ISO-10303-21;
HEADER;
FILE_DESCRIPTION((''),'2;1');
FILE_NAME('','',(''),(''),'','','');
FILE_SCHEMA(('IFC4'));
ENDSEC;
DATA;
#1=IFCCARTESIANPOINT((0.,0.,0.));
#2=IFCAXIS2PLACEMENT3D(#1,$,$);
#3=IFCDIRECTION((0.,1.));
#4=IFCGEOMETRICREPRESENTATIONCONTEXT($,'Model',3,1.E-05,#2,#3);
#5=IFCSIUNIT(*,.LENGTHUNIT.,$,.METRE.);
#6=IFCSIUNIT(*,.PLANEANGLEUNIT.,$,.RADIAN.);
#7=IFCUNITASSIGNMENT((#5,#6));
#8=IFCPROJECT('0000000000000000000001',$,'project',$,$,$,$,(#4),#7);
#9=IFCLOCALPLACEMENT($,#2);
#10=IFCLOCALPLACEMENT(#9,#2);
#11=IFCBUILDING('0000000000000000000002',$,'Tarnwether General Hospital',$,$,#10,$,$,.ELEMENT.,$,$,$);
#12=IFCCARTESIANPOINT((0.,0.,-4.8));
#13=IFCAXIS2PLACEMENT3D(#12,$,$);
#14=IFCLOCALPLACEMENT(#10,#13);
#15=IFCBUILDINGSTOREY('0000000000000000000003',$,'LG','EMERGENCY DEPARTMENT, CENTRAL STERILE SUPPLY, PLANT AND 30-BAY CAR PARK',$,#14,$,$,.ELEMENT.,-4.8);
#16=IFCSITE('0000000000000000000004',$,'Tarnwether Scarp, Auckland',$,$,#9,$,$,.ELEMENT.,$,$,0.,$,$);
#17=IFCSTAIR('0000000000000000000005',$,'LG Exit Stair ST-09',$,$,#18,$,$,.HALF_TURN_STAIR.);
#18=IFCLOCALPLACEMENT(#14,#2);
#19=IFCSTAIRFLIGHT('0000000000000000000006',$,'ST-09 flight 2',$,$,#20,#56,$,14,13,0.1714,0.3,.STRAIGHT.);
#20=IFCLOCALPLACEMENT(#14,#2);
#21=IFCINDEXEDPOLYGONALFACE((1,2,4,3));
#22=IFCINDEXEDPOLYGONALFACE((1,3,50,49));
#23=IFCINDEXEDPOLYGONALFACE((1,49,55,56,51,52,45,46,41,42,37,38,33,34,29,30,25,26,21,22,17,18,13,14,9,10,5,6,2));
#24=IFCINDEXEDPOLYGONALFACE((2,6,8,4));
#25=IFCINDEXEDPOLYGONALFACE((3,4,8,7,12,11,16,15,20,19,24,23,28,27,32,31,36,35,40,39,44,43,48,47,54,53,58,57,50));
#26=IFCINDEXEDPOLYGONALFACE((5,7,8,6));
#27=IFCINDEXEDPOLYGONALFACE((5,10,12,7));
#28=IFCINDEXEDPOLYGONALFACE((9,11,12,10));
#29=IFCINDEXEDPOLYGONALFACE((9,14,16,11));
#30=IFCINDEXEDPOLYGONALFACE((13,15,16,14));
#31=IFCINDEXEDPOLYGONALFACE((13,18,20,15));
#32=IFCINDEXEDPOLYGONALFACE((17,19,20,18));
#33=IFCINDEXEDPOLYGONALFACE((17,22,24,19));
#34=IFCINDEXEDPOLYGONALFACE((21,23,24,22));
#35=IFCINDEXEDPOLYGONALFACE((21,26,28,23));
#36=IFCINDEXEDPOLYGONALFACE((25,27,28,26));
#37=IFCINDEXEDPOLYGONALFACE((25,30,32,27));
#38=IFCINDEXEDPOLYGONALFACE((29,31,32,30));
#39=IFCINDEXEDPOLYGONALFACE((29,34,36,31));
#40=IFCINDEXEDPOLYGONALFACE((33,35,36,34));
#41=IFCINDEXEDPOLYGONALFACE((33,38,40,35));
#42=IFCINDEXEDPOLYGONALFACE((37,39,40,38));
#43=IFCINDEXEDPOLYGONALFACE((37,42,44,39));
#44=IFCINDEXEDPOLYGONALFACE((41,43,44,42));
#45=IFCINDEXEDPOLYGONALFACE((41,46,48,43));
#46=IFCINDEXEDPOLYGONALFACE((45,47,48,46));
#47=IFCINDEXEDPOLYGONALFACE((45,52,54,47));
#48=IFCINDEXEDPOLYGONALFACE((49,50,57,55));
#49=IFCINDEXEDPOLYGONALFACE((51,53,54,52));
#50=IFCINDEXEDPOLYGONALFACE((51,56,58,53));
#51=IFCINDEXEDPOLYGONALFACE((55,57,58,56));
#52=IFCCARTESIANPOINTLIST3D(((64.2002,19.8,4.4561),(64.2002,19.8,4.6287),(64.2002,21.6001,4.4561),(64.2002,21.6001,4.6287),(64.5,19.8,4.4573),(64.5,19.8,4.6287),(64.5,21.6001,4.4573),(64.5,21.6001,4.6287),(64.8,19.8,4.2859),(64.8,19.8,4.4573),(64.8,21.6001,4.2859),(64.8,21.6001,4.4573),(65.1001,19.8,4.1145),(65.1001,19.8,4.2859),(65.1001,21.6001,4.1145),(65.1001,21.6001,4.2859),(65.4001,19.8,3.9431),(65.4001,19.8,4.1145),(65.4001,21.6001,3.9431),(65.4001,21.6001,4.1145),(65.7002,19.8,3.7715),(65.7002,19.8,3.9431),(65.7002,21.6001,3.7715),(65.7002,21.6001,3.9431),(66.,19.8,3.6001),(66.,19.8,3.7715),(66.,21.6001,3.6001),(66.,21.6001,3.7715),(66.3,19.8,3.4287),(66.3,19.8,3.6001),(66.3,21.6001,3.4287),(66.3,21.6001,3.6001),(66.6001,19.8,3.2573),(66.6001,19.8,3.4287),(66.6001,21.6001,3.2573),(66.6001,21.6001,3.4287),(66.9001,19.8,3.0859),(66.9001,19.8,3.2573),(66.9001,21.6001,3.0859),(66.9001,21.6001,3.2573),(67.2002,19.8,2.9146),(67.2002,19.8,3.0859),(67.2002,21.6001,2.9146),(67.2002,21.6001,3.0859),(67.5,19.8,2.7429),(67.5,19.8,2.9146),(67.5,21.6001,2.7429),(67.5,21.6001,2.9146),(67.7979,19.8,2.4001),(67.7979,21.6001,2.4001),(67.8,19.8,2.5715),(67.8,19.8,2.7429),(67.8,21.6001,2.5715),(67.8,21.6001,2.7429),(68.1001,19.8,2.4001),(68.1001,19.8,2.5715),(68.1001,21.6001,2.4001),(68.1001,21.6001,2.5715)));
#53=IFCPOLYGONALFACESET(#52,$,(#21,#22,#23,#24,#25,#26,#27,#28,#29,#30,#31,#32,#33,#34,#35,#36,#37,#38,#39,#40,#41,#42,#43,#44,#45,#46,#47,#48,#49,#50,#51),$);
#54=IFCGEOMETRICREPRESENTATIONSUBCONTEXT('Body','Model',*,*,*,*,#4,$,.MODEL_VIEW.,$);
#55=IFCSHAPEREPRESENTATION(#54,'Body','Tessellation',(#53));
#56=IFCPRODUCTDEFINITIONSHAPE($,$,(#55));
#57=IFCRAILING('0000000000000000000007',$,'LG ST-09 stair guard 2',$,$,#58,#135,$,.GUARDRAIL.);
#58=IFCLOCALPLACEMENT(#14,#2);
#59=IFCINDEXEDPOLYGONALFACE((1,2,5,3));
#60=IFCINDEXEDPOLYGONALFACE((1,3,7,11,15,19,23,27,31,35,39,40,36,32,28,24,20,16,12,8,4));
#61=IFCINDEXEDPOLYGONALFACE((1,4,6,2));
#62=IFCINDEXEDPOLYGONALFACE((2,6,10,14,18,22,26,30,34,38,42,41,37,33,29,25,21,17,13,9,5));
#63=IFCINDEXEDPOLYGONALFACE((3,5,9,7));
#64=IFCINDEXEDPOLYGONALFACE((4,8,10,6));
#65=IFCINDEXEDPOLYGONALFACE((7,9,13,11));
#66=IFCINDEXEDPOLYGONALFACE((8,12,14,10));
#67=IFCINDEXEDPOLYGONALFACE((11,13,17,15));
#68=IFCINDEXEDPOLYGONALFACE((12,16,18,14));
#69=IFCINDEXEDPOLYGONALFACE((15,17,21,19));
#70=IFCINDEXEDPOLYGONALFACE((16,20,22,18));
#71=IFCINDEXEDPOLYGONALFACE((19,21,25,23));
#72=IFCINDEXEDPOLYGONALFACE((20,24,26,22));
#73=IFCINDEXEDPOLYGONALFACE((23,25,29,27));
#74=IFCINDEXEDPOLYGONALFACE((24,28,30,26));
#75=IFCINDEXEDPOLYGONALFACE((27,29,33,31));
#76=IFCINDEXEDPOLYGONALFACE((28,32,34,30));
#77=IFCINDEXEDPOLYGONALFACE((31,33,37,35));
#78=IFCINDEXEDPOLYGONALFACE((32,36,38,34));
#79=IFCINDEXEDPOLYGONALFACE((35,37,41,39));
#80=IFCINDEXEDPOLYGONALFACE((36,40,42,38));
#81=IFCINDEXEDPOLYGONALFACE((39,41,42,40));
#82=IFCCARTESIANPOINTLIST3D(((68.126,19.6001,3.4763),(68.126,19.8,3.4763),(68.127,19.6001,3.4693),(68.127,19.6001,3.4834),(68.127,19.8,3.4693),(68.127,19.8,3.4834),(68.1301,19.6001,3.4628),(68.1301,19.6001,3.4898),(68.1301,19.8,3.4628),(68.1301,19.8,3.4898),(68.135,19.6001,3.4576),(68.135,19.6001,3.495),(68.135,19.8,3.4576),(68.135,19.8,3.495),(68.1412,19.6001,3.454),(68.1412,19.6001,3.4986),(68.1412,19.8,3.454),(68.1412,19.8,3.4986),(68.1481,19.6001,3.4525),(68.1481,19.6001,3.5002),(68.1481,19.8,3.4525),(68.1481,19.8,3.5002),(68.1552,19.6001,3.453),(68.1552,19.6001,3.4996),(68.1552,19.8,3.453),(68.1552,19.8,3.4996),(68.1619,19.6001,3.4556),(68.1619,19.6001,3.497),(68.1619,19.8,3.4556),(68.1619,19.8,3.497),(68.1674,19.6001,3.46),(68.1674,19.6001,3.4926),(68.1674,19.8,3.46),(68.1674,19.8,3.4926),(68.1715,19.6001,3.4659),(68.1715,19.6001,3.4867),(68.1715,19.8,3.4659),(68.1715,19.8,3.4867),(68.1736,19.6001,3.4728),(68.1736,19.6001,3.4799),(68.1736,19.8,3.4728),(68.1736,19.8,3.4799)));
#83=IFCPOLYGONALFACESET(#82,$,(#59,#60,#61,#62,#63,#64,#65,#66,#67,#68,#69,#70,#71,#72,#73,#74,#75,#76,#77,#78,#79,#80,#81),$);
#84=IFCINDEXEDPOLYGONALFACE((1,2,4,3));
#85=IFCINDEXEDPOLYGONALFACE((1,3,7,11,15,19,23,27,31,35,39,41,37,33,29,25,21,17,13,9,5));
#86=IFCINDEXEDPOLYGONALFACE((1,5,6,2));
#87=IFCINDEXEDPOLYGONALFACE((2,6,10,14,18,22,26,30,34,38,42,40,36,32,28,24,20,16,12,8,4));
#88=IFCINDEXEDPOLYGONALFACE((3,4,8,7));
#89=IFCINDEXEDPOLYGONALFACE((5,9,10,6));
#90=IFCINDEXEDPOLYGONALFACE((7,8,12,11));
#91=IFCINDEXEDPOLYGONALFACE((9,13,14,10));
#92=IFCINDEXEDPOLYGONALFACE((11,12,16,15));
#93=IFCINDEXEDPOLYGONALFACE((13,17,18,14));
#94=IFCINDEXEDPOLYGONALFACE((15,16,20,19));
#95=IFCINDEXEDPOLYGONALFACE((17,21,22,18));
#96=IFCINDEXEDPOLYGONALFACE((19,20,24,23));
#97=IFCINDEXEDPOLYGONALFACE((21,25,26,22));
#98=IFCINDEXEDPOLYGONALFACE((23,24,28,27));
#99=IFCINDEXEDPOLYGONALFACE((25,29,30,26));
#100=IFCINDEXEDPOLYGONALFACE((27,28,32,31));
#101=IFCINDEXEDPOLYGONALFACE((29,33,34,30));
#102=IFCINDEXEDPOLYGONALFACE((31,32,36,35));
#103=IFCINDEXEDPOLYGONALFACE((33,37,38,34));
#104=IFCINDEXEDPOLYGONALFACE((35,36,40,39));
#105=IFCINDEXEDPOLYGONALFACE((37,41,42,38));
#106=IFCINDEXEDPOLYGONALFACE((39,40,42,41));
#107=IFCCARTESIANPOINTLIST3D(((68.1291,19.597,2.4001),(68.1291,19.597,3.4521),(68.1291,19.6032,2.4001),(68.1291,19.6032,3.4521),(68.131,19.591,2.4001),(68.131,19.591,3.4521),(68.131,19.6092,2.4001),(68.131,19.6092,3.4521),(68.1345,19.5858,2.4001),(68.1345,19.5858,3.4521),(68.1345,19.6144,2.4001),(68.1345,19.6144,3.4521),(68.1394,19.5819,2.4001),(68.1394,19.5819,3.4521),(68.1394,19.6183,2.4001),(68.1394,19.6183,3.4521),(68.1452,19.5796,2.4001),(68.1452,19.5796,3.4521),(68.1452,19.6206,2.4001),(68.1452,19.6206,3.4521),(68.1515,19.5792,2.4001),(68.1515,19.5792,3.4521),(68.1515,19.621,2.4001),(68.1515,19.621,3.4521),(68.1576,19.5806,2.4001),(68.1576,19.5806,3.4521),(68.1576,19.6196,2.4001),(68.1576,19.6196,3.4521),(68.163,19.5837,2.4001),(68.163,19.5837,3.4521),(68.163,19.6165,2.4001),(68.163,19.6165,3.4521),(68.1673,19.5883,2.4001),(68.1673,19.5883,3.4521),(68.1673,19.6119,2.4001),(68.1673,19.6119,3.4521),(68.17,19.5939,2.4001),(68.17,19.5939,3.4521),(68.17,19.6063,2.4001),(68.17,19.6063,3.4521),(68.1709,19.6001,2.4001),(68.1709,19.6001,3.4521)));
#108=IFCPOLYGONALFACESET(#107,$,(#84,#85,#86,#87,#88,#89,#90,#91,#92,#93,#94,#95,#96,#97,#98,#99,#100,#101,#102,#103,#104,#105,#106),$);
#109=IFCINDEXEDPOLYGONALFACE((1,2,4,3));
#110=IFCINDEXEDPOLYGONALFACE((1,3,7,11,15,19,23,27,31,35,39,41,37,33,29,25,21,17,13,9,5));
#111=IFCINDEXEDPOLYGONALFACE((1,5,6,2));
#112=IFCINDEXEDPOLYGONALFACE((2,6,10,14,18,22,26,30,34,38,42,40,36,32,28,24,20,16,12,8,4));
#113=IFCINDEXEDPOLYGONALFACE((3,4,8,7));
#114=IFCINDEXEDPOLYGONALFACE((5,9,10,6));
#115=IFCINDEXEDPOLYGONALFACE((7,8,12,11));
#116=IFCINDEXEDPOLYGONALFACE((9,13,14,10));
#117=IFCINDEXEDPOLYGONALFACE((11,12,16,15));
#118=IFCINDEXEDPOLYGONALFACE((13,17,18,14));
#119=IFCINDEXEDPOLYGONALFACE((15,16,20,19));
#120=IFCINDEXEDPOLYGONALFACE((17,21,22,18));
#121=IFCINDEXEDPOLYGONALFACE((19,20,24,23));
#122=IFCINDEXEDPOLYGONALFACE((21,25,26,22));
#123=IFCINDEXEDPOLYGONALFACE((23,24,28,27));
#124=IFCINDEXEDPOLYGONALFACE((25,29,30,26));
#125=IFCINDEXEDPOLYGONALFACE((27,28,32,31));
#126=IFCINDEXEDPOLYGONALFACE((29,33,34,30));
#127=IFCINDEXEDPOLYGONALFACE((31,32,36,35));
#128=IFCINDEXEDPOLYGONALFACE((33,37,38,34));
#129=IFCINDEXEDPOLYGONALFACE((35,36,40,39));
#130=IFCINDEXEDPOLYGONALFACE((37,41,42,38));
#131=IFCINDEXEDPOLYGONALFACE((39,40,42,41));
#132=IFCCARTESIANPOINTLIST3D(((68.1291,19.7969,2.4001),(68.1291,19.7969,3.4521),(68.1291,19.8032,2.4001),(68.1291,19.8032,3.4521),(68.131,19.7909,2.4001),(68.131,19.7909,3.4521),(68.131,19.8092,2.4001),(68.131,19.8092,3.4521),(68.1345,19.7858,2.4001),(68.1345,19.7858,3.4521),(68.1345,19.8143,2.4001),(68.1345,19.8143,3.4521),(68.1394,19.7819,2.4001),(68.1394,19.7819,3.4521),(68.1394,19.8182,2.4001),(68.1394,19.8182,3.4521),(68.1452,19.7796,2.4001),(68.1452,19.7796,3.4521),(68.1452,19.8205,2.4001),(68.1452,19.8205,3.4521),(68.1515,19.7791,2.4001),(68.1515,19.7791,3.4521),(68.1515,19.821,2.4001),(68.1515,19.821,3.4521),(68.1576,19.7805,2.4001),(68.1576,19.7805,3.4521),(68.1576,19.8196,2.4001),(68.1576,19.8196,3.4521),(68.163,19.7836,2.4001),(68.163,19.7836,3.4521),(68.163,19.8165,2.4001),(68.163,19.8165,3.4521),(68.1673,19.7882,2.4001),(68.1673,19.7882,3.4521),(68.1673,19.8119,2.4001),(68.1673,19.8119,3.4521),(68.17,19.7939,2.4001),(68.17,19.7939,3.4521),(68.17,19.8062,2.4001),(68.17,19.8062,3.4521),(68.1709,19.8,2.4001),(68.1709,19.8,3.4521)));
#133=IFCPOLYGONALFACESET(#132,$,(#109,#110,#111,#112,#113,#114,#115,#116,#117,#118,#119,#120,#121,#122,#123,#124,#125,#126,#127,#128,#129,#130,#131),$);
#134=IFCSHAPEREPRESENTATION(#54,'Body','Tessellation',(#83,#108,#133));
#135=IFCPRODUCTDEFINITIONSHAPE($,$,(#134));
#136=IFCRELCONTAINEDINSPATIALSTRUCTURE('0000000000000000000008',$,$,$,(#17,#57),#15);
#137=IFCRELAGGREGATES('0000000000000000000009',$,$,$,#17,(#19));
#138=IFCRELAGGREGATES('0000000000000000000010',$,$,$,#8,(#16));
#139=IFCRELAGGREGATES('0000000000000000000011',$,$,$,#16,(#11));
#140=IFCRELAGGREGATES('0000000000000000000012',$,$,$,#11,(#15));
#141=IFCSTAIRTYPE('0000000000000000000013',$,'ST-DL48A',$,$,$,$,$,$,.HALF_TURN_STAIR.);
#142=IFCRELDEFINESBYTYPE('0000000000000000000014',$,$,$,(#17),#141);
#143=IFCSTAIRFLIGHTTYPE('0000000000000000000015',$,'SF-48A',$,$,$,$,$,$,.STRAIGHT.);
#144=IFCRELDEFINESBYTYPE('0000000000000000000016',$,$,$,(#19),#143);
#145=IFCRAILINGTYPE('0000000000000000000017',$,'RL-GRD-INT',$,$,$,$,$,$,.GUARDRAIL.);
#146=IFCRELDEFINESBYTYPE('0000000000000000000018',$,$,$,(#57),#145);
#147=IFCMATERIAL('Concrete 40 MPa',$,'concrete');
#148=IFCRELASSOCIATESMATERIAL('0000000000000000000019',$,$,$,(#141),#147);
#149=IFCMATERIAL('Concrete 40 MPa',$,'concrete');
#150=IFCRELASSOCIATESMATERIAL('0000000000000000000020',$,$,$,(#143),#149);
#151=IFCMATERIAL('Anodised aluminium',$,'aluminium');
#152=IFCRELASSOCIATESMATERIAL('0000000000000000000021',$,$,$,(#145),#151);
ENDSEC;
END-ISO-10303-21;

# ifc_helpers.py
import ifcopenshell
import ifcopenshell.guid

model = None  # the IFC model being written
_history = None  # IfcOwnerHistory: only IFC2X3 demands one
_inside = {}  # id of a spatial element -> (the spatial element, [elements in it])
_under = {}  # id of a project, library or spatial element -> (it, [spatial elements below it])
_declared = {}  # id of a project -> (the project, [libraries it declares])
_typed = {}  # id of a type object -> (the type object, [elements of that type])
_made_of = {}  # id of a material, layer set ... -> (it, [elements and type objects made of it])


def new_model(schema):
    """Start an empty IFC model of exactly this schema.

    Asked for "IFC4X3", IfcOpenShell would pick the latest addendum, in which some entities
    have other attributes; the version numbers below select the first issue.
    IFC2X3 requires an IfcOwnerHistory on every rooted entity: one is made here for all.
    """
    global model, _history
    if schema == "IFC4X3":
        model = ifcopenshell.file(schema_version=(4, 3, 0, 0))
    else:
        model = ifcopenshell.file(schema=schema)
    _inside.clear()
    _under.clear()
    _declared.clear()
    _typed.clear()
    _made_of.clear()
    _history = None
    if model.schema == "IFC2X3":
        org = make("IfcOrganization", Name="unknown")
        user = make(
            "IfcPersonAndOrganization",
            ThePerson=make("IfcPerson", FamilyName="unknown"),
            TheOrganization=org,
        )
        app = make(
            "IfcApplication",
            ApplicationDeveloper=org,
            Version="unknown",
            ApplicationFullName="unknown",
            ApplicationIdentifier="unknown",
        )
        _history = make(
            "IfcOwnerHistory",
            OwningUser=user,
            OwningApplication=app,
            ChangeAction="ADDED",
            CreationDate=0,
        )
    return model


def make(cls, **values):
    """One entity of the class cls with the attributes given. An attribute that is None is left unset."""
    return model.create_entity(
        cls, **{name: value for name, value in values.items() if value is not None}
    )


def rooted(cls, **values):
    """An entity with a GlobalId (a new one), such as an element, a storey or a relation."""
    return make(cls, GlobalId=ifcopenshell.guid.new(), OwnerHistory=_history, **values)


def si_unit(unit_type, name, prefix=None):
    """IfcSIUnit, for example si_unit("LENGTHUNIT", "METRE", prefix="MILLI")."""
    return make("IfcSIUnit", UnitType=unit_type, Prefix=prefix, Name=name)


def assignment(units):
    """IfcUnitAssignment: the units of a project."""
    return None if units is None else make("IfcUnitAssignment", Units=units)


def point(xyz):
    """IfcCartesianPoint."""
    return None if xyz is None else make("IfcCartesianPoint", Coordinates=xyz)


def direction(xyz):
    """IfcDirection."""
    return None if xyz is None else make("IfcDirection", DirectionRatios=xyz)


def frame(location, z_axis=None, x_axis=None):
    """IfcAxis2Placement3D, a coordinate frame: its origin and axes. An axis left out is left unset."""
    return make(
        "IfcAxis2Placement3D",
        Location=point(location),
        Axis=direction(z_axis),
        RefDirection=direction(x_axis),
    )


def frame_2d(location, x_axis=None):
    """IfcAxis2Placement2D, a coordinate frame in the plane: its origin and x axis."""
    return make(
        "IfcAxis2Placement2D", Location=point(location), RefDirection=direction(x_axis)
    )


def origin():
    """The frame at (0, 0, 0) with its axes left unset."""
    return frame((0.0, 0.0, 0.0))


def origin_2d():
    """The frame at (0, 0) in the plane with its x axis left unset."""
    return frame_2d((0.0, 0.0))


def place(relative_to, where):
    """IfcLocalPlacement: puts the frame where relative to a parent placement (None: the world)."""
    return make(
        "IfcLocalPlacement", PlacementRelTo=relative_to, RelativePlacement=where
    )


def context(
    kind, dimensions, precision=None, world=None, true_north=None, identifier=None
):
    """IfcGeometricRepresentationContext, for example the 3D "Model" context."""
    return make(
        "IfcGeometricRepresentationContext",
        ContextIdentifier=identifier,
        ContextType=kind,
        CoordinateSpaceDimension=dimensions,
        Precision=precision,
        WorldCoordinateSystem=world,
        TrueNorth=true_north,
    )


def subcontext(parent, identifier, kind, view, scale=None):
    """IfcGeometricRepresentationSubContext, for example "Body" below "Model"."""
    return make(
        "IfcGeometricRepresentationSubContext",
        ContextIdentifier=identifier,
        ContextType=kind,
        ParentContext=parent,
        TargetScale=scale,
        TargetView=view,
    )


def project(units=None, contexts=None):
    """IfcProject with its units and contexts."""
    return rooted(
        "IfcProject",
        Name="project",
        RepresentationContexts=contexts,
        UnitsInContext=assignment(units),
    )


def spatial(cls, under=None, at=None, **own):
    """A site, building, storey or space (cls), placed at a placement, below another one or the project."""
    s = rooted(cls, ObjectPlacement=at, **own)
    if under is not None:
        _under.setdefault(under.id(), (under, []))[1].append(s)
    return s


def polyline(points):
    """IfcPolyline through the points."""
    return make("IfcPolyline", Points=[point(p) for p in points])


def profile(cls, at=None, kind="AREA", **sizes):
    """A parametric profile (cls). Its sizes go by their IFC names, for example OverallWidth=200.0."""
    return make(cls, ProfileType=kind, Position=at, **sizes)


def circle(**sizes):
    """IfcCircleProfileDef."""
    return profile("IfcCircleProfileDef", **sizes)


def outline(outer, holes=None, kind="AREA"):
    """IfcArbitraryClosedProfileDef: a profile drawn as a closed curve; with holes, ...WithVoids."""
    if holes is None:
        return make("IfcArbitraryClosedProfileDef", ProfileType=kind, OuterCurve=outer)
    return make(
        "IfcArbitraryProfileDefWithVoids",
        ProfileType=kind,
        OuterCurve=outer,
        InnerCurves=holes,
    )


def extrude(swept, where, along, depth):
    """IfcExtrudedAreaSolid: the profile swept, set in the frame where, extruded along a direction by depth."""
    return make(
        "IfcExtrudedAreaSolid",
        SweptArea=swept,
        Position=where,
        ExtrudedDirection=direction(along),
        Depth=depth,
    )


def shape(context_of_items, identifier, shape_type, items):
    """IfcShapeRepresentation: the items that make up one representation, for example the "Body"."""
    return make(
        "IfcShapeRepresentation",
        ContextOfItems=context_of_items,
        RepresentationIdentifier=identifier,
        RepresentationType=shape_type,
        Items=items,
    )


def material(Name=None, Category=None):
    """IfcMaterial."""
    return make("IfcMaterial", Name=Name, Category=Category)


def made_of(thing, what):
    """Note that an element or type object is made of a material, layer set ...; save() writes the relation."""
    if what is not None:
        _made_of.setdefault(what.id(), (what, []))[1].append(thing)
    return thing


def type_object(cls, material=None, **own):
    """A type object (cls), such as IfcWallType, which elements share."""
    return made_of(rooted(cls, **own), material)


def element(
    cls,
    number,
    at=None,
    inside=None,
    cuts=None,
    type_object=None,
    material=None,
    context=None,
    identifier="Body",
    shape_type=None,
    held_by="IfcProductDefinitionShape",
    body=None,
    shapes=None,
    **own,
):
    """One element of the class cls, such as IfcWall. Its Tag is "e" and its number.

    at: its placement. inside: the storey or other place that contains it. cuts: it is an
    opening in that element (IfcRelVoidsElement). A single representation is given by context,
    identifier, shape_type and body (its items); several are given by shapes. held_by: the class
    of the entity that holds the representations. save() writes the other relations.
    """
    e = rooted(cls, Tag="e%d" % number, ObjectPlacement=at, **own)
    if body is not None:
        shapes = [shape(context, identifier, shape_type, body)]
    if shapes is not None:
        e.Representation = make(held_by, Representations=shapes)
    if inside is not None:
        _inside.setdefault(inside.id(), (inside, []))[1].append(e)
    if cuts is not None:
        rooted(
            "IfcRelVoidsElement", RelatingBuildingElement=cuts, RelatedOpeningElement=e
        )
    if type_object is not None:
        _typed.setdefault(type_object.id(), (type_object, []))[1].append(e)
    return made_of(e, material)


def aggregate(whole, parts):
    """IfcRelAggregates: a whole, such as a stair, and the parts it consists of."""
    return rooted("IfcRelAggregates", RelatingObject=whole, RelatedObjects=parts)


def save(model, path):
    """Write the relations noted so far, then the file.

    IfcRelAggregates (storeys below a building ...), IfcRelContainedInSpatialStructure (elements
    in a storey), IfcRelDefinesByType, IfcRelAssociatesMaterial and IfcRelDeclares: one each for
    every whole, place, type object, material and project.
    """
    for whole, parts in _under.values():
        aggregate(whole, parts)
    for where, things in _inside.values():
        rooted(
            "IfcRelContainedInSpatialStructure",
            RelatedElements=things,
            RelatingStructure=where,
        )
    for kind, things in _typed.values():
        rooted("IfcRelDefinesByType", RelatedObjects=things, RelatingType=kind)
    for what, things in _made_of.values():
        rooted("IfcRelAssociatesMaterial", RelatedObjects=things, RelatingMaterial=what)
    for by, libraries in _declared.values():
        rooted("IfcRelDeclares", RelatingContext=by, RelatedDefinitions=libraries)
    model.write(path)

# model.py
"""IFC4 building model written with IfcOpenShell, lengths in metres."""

from ifc_helpers import new_model, si_unit, direction, frame, origin, origin_2d, place, context, subcontext, project, spatial, polyline, circle, outline, extrude, material, type_object, element, aggregate, save


model = new_model("IFC4")

# Units and contexts
model_context = context("Model", 3, precision=1e-05, world=origin(), true_north=direction((0.0, 1.0)))
body_context = subcontext(model_context, "Body", "Model", "MODEL_VIEW")
ifc_project = project(units=[si_unit("LENGTHUNIT", "METRE"), si_unit("PLANEANGLEUNIT", "RADIAN")], contexts=[model_context])

# Site, building, storey
site_placement = place(None, origin())
site = spatial("IfcSite", under=ifc_project, at=site_placement, Name="Tarnwether Scarp, Auckland", CompositionType="ELEMENT", RefElevation=0.0)
building_placement = place(site_placement, origin())
building = spatial("IfcBuilding", under=site, at=building_placement, Name="Tarnwether General Hospital", CompositionType="ELEMENT")
storey_placement = place(building_placement, frame((0.0, 0.0, -4.8)))
storey = spatial("IfcBuildingStorey", under=building, at=storey_placement, Name="LG", Description="EMERGENCY DEPARTMENT, CENTRAL STERILE SUPPLY, PLANT AND 30-BAY CAR PARK", CompositionType="ELEMENT", Elevation=-4.8)

# Stair, stair flight
ifc_material_1 = material(Name="Concrete 40 MPa", Category="concrete")
stair_type = type_object("IfcStairType", Name="ST-DL48A", PredefinedType="HALF_TURN_STAIR", material=ifc_material_1)
stair_placement = place(storey_placement, origin())
stair = element("IfcStair", 1, at=stair_placement, inside=storey, type_object=stair_type, Name="LG Exit Stair ST-09", PredefinedType="HALF_TURN_STAIR")
ifc_material_2 = material(Name="Concrete 40 MPa", Category="concrete")
stair_flight_type = type_object("IfcStairFlightType", Name="SF-48A", PredefinedType="STRAIGHT", material=ifc_material_2)
stair_flight_placement = place(storey_placement, frame((68.1001, 20.7, 2.4001), z_axis=(0.0, 0.0, 1.0), x_axis=(-1.0, 0.0, 0.0)))
stair_flight = element("IfcStairFlight", 2, at=stair_flight_placement, type_object=stair_flight_type, Name="ST-09 flight 2", NumberOfRisers=14, NumberOfTreads=13, PredefinedType="STRAIGHT", RiserHeight=0.1714, TreadLength=0.3, context=body_context, shape_type="SweptSolid", body=[
    extrude(outline(polyline([(0.0, 0.0), (0.0, 0.1714), (0.3, 0.1714), (0.3, 0.3428), (0.6001, 0.3428), (0.6001, 0.5144), (0.8999, 0.5144), (0.8999, 0.6858), (1.2, 0.6858), (1.2, 0.8572), (1.5, 0.8572), (1.5, 1.0286), (1.8, 1.0286), (1.8, 1.2), (2.1001, 1.2), (2.1001, 1.3713), (2.3999, 1.3713), (2.3999, 1.543), (2.7, 1.543), (2.7, 1.7144), (3.0, 1.7144), (3.0, 1.8857), (3.3, 1.8857), (3.3, 2.0571), (3.6001, 2.0571), (3.6001, 2.2285), (3.8999, 2.2285), (3.8999, 2.3999), (3.8999, 2.0559), (0.3022, 0.0), (0.0, 0.0)])), frame((0.0, 0.8999, 0.0), z_axis=(0.0, -1.0, 0.0), x_axis=(1.0, 0.0, 0.0)), (0.0, 0.0, 1.0), 1.8),
])
aggregate(stair, [stair_flight])

# Railing
ifc_material_3 = material(Name="Anodised aluminium", Category="aluminium")
railing_type_1 = type_object("IfcRailingType", Name="RL-GRD-INT", PredefinedType="GUARDRAIL", material=ifc_material_3)
railing_1_placement = place(storey_placement, frame((68.1499, 19.6001, 2.4001)))
element("IfcRailing", 3, at=railing_1_placement, inside=storey, type_object=railing_type_1, Name="LG ST-09 stair guard 2", PredefinedType="GUARDRAIL", context=body_context, shape_type="SweptSolid", body=[
    extrude(circle(Radius=0.0239, at=origin_2d()), frame((0.0, 0.0, 1.0762), z_axis=(0.0, 1.0, 0.0), x_axis=(-1.0, 0.0, 0.0)), (0.0, 0.0, 1.0), 0.2),
    extrude(circle(Radius=0.021, at=origin_2d()), origin(), (0.0, 0.0, 1.0), 1.052),
    extrude(circle(Radius=0.021, at=origin_2d()), frame((0.0, 0.2, 0.0)), (0.0, 0.0, 1.0), 1.052),
])

save(model, "model.ifc")
